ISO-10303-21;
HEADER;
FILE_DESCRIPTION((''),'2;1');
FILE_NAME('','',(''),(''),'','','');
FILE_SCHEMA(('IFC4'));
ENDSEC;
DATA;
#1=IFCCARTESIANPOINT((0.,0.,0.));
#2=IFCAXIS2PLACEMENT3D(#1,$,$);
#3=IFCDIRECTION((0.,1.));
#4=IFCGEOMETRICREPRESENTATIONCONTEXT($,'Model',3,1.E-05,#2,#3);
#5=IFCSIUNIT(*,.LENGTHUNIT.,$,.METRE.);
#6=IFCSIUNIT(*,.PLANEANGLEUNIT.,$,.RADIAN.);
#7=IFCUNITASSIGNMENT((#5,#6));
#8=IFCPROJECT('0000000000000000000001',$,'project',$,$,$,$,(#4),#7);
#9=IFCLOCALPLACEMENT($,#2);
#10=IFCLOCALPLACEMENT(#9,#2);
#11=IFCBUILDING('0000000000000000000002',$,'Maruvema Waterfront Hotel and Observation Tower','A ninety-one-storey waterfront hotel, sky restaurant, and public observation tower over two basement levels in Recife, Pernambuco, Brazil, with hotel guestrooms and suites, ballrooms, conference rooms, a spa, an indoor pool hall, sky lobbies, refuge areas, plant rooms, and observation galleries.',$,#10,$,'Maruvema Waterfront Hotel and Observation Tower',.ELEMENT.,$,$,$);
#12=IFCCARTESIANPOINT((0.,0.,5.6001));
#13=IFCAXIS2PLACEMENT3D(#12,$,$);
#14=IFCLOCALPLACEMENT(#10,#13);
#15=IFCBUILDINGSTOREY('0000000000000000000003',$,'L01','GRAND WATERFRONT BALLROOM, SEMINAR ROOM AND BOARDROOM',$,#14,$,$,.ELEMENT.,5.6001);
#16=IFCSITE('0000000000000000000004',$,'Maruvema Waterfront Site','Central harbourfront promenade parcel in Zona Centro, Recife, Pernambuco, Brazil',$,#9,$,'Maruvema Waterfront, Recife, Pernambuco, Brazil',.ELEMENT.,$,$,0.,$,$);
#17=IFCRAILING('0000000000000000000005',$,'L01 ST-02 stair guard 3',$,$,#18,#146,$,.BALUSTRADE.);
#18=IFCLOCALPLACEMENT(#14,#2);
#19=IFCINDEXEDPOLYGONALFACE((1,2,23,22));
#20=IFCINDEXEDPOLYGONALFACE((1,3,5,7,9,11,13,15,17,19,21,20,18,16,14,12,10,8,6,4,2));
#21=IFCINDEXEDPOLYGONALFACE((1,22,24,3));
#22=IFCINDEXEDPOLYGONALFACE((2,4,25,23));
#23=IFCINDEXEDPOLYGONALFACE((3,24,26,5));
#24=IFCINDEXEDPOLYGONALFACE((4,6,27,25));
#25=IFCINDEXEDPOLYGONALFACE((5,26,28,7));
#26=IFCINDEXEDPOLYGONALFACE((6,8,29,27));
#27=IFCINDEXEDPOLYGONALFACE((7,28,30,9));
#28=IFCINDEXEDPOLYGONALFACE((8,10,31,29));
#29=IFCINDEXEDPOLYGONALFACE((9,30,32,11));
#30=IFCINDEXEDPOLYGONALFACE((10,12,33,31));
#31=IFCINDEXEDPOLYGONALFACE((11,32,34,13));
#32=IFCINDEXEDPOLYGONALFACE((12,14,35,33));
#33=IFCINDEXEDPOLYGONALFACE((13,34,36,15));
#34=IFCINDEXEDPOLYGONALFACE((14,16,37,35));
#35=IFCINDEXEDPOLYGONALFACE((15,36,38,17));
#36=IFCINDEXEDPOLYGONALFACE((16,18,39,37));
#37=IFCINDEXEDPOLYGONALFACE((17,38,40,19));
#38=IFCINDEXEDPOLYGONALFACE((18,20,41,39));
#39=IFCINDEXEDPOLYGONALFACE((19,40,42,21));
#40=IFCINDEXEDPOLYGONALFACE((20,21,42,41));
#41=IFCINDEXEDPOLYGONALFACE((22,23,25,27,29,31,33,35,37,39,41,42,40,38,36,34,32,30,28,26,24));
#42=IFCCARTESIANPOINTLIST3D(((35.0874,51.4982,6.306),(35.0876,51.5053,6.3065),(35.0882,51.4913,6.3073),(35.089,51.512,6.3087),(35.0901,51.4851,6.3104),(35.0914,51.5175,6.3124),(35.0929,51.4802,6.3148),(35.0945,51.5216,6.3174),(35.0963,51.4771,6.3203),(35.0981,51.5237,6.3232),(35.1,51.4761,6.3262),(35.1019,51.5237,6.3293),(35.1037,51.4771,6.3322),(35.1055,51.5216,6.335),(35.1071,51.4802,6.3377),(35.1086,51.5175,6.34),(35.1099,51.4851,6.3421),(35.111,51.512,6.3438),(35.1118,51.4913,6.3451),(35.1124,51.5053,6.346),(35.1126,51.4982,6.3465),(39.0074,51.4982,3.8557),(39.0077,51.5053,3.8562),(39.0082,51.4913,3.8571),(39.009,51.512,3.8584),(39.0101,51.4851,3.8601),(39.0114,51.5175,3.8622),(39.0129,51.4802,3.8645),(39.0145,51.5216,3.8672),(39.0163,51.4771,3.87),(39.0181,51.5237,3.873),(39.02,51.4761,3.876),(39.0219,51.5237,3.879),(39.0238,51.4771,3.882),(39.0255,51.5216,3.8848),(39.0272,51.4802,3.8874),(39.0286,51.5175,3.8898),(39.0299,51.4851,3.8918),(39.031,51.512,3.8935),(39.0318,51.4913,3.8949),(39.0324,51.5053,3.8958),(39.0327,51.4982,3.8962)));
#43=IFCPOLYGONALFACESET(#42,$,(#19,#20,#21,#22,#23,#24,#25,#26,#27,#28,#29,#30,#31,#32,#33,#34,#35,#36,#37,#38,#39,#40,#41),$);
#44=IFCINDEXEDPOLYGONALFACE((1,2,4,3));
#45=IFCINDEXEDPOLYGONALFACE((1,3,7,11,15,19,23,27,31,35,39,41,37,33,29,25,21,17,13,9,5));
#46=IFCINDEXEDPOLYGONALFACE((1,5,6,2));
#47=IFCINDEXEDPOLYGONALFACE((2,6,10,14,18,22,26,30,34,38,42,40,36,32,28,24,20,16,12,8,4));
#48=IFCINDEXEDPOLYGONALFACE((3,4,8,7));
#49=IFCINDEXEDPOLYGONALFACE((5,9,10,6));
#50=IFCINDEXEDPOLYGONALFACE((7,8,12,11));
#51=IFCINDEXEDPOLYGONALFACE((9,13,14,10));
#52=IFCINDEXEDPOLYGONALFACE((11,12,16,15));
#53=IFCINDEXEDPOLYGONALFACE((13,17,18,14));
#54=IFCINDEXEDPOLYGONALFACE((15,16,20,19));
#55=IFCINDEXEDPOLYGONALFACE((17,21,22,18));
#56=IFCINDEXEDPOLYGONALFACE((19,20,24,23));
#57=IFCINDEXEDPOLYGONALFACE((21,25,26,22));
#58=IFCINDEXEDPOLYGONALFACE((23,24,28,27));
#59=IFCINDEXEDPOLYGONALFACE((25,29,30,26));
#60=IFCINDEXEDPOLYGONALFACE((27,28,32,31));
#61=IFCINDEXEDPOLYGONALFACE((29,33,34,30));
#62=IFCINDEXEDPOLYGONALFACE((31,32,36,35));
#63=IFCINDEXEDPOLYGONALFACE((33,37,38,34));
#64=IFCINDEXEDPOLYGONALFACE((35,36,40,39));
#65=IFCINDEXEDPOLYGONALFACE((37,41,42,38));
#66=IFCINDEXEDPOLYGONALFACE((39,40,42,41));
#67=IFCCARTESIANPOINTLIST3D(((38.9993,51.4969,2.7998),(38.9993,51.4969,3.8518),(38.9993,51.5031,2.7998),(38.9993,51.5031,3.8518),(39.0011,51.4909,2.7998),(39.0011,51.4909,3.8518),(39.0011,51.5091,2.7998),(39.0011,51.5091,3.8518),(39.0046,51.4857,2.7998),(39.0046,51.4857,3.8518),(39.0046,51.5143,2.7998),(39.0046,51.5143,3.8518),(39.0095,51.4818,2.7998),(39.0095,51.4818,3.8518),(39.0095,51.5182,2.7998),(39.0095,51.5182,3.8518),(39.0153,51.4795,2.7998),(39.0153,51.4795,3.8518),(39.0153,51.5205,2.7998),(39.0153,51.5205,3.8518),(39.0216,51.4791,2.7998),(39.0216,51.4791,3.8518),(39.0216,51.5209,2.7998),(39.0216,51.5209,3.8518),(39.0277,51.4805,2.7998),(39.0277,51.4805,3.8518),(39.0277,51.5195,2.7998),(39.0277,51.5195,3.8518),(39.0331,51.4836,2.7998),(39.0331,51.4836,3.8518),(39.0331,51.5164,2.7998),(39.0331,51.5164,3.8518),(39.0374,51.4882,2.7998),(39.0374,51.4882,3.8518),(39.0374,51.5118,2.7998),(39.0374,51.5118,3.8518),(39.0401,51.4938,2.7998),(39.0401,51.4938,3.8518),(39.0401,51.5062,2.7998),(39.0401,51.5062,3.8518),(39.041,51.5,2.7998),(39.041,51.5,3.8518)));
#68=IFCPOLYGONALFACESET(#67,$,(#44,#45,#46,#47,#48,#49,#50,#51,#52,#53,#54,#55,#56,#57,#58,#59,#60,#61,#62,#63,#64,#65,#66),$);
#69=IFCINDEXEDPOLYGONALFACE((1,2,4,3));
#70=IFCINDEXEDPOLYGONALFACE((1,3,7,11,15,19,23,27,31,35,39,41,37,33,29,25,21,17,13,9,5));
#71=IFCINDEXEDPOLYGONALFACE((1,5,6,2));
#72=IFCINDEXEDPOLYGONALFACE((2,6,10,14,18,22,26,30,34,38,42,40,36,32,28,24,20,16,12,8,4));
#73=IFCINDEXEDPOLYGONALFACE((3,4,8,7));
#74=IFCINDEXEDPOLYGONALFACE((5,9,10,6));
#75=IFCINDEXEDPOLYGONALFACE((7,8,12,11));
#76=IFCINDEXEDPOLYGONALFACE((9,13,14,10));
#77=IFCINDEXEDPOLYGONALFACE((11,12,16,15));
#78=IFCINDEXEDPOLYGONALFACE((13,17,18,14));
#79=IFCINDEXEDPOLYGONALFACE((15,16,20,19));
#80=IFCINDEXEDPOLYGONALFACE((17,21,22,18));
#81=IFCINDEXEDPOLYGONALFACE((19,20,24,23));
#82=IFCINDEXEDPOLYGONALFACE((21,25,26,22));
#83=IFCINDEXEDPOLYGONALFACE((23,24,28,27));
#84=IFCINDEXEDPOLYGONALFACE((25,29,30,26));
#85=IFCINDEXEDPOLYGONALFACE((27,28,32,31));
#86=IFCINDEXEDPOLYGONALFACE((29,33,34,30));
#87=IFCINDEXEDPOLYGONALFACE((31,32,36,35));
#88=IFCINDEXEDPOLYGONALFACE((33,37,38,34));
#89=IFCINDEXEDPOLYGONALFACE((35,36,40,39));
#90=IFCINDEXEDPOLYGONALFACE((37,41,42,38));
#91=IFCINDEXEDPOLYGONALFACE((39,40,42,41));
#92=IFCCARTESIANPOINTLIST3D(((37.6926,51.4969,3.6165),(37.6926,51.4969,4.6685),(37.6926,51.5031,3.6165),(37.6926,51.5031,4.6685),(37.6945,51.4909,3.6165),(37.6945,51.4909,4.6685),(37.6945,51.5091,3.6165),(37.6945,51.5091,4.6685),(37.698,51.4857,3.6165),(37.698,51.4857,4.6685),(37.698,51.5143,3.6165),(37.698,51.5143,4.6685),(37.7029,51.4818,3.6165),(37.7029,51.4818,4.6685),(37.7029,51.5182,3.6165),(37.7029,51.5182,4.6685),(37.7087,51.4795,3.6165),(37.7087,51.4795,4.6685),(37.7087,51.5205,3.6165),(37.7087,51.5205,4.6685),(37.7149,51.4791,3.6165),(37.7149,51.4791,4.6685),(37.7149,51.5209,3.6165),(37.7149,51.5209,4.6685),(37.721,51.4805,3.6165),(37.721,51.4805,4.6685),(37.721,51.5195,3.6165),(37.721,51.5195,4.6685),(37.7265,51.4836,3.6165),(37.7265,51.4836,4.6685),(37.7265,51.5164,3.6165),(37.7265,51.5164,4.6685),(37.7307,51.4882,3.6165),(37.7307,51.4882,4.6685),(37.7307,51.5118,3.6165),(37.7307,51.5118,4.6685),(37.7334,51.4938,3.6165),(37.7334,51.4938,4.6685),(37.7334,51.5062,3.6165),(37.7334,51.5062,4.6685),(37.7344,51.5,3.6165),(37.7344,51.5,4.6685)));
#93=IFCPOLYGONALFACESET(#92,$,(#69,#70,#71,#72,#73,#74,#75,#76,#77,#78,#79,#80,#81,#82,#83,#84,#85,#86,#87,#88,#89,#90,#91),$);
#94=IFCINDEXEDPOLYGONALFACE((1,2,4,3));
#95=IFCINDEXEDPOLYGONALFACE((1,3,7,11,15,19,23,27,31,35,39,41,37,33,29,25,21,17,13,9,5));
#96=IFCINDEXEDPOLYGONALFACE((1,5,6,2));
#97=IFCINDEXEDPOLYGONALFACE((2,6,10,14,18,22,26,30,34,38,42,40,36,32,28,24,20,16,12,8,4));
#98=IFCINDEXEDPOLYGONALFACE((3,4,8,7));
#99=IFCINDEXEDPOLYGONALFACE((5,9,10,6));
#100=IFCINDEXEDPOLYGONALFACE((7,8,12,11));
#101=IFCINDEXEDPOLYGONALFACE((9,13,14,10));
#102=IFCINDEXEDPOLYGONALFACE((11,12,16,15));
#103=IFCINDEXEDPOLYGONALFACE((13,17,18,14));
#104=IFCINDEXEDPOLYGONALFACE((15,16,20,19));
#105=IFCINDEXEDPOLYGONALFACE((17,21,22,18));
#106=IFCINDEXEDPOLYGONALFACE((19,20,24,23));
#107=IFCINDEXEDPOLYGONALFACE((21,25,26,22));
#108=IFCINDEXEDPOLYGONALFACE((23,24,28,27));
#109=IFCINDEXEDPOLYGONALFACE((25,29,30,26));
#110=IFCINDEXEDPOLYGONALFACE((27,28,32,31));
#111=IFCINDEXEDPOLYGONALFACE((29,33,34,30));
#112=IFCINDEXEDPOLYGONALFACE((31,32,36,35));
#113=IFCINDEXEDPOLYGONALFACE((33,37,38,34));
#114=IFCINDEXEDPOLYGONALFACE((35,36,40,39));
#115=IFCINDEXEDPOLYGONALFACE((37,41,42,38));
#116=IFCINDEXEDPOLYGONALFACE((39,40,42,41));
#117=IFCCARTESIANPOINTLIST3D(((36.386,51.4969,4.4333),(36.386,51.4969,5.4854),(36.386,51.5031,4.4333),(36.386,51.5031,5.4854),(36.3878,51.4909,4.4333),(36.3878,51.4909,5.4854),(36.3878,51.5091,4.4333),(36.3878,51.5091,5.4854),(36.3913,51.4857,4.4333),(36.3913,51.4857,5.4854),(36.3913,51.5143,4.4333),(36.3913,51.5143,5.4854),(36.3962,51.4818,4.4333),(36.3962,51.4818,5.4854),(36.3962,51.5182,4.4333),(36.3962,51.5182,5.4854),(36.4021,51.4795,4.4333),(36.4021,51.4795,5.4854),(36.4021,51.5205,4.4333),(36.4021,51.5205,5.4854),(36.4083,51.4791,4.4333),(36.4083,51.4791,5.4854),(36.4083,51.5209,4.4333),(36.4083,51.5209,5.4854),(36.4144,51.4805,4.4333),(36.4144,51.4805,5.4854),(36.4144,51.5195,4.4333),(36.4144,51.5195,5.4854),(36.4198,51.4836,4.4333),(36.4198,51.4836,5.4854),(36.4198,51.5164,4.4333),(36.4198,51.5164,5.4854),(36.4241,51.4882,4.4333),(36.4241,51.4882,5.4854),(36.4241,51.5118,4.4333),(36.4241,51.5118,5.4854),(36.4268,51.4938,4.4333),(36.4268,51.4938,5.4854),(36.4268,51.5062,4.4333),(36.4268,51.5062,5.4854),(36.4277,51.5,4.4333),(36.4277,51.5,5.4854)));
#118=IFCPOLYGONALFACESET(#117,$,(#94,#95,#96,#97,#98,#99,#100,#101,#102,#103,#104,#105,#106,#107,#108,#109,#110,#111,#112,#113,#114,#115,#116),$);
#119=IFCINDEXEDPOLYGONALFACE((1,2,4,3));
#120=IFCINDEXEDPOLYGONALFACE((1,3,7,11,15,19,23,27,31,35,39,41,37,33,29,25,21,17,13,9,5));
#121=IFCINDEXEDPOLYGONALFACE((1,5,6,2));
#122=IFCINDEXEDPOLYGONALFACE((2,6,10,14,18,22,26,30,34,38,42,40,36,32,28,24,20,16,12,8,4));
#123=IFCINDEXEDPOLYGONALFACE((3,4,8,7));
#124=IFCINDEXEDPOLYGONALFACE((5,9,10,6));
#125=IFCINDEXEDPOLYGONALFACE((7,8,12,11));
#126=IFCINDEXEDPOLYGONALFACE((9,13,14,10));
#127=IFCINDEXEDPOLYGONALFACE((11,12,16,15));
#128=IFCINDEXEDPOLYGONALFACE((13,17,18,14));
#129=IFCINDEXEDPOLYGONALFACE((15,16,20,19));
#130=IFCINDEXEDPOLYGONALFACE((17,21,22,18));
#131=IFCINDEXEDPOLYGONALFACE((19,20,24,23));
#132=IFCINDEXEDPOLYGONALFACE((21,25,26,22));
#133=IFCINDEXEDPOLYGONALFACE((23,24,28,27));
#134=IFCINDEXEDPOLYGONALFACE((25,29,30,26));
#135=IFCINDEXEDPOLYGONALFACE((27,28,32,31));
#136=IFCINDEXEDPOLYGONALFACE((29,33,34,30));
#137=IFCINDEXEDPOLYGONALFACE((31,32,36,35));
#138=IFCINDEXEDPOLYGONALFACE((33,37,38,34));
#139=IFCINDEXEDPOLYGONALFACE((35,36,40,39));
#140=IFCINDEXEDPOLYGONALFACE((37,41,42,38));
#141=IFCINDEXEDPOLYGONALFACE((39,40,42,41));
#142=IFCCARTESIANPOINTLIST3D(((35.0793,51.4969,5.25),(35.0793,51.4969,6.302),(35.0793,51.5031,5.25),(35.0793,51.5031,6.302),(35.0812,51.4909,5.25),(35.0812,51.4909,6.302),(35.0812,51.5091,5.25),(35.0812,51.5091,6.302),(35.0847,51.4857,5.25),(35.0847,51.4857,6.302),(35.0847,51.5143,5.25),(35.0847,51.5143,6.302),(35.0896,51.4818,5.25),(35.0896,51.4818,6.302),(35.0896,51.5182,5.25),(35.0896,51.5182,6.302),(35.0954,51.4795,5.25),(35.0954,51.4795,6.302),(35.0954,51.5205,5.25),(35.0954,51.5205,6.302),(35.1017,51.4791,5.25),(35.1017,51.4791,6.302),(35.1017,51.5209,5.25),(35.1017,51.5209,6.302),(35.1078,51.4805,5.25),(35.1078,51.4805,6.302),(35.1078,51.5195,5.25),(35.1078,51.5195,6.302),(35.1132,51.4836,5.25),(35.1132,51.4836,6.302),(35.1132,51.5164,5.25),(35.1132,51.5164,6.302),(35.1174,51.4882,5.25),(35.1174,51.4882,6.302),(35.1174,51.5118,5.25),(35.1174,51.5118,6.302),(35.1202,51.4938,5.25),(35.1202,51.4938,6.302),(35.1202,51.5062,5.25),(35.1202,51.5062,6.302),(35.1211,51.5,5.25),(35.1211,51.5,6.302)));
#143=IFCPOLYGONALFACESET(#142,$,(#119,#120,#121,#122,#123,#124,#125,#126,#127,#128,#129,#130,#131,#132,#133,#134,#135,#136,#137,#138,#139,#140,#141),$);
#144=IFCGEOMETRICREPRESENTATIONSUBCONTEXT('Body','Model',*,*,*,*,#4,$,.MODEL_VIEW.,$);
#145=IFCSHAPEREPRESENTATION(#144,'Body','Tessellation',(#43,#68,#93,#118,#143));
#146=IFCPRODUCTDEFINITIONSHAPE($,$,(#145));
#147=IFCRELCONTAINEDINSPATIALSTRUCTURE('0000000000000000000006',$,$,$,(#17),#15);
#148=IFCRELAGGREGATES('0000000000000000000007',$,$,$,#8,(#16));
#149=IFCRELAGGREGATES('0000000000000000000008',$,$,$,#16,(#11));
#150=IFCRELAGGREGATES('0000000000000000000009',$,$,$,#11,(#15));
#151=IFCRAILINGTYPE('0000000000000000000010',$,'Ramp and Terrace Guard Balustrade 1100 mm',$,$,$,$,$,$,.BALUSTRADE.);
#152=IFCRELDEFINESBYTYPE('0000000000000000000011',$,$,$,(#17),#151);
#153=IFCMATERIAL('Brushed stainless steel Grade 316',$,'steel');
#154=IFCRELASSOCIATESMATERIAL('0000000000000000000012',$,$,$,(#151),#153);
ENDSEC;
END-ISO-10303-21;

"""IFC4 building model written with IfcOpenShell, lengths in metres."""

from ifc_helpers import new_model, si_unit, direction, frame, origin, origin_2d, place, context, subcontext, project, spatial, circle, extrude, material, type_object, element, save


model = new_model("IFC4")

# Units and contexts
model_context = context("Model", 3, precision=1e-05, world=origin(), true_north=direction((0.0, 1.0)))
body_context = subcontext(model_context, "Body", "Model", "MODEL_VIEW")
ifc_project = project(units=[si_unit("LENGTHUNIT", "METRE"), si_unit("PLANEANGLEUNIT", "RADIAN")], contexts=[model_context])

# Site, building, storey
site_placement = place(None, origin())
site = spatial("IfcSite", under=ifc_project, at=site_placement, Name="Maruvema Waterfront Site", Description="Central harbourfront promenade parcel in Zona Centro, Recife, Pernambuco, Brazil", LongName="Maruvema Waterfront, Recife, Pernambuco, Brazil", CompositionType="ELEMENT", RefElevation=0.0)
building_placement = place(site_placement, origin())
building = spatial("IfcBuilding", under=site, at=building_placement, Name="Maruvema Waterfront Hotel and Observation Tower", Description="A ninety-one-storey waterfront hotel, sky restaurant, and public observation tower over two basement levels in Recife, Pernambuco, Brazil, with hotel guestrooms and suites, ballrooms, conference rooms, a spa, an indoor pool hall, sky lobbies, refuge areas, plant rooms, and observation galleries.", LongName="Maruvema Waterfront Hotel and Observation Tower", CompositionType="ELEMENT")
storey_placement = place(building_placement, frame((0.0, 0.0, 5.6001)))
storey = spatial("IfcBuildingStorey", under=building, at=storey_placement, Name="L01", Description="GRAND WATERFRONT BALLROOM, SEMINAR ROOM AND BOARDROOM", CompositionType="ELEMENT", Elevation=5.6001)

# Railing
ifc_material_1 = material(Name="Brushed stainless steel Grade 316", Category="steel")
railing_type_1 = type_object("IfcRailingType", Name="Ramp and Terrace Guard Balustrade 1100 mm", PredefinedType="BALUSTRADE", material=ifc_material_1)
railing_1_placement = place(storey_placement, frame((39.02, 51.5, 2.7998)))
element("IfcRailing", 1, at=railing_1_placement, inside=storey, type_object=railing_type_1, Name="L01 ST-02 stair guard 3", PredefinedType="BALUSTRADE", context=body_context, shape_type="SweptSolid", body=[
    extrude(circle(Radius=0.0239, at=origin_2d()), frame((0.0, 0.0, 1.0762), z_axis=(-0.847975, 0.0, 0.530037), x_axis=(0.0, -1.0, 0.0)), (0.0, 0.0, 1.0), 4.6228),
    extrude(circle(Radius=0.021, at=origin_2d()), origin(), (0.0, 0.0, 1.0), 1.052),
    extrude(circle(Radius=0.021, at=origin_2d()), frame((-1.3066, 0.0, 0.8167)), (0.0, 0.0, 1.0), 1.052),
    extrude(circle(Radius=0.021, at=origin_2d()), frame((-2.6133, 0.0, 1.6335)), (0.0, 0.0, 1.0), 1.052),
    extrude(circle(Radius=0.021, at=origin_2d()), frame((-3.9199, 0.0, 2.4502)), (0.0, 0.0, 1.0), 1.052),
])

save(model, "model.ifc")
